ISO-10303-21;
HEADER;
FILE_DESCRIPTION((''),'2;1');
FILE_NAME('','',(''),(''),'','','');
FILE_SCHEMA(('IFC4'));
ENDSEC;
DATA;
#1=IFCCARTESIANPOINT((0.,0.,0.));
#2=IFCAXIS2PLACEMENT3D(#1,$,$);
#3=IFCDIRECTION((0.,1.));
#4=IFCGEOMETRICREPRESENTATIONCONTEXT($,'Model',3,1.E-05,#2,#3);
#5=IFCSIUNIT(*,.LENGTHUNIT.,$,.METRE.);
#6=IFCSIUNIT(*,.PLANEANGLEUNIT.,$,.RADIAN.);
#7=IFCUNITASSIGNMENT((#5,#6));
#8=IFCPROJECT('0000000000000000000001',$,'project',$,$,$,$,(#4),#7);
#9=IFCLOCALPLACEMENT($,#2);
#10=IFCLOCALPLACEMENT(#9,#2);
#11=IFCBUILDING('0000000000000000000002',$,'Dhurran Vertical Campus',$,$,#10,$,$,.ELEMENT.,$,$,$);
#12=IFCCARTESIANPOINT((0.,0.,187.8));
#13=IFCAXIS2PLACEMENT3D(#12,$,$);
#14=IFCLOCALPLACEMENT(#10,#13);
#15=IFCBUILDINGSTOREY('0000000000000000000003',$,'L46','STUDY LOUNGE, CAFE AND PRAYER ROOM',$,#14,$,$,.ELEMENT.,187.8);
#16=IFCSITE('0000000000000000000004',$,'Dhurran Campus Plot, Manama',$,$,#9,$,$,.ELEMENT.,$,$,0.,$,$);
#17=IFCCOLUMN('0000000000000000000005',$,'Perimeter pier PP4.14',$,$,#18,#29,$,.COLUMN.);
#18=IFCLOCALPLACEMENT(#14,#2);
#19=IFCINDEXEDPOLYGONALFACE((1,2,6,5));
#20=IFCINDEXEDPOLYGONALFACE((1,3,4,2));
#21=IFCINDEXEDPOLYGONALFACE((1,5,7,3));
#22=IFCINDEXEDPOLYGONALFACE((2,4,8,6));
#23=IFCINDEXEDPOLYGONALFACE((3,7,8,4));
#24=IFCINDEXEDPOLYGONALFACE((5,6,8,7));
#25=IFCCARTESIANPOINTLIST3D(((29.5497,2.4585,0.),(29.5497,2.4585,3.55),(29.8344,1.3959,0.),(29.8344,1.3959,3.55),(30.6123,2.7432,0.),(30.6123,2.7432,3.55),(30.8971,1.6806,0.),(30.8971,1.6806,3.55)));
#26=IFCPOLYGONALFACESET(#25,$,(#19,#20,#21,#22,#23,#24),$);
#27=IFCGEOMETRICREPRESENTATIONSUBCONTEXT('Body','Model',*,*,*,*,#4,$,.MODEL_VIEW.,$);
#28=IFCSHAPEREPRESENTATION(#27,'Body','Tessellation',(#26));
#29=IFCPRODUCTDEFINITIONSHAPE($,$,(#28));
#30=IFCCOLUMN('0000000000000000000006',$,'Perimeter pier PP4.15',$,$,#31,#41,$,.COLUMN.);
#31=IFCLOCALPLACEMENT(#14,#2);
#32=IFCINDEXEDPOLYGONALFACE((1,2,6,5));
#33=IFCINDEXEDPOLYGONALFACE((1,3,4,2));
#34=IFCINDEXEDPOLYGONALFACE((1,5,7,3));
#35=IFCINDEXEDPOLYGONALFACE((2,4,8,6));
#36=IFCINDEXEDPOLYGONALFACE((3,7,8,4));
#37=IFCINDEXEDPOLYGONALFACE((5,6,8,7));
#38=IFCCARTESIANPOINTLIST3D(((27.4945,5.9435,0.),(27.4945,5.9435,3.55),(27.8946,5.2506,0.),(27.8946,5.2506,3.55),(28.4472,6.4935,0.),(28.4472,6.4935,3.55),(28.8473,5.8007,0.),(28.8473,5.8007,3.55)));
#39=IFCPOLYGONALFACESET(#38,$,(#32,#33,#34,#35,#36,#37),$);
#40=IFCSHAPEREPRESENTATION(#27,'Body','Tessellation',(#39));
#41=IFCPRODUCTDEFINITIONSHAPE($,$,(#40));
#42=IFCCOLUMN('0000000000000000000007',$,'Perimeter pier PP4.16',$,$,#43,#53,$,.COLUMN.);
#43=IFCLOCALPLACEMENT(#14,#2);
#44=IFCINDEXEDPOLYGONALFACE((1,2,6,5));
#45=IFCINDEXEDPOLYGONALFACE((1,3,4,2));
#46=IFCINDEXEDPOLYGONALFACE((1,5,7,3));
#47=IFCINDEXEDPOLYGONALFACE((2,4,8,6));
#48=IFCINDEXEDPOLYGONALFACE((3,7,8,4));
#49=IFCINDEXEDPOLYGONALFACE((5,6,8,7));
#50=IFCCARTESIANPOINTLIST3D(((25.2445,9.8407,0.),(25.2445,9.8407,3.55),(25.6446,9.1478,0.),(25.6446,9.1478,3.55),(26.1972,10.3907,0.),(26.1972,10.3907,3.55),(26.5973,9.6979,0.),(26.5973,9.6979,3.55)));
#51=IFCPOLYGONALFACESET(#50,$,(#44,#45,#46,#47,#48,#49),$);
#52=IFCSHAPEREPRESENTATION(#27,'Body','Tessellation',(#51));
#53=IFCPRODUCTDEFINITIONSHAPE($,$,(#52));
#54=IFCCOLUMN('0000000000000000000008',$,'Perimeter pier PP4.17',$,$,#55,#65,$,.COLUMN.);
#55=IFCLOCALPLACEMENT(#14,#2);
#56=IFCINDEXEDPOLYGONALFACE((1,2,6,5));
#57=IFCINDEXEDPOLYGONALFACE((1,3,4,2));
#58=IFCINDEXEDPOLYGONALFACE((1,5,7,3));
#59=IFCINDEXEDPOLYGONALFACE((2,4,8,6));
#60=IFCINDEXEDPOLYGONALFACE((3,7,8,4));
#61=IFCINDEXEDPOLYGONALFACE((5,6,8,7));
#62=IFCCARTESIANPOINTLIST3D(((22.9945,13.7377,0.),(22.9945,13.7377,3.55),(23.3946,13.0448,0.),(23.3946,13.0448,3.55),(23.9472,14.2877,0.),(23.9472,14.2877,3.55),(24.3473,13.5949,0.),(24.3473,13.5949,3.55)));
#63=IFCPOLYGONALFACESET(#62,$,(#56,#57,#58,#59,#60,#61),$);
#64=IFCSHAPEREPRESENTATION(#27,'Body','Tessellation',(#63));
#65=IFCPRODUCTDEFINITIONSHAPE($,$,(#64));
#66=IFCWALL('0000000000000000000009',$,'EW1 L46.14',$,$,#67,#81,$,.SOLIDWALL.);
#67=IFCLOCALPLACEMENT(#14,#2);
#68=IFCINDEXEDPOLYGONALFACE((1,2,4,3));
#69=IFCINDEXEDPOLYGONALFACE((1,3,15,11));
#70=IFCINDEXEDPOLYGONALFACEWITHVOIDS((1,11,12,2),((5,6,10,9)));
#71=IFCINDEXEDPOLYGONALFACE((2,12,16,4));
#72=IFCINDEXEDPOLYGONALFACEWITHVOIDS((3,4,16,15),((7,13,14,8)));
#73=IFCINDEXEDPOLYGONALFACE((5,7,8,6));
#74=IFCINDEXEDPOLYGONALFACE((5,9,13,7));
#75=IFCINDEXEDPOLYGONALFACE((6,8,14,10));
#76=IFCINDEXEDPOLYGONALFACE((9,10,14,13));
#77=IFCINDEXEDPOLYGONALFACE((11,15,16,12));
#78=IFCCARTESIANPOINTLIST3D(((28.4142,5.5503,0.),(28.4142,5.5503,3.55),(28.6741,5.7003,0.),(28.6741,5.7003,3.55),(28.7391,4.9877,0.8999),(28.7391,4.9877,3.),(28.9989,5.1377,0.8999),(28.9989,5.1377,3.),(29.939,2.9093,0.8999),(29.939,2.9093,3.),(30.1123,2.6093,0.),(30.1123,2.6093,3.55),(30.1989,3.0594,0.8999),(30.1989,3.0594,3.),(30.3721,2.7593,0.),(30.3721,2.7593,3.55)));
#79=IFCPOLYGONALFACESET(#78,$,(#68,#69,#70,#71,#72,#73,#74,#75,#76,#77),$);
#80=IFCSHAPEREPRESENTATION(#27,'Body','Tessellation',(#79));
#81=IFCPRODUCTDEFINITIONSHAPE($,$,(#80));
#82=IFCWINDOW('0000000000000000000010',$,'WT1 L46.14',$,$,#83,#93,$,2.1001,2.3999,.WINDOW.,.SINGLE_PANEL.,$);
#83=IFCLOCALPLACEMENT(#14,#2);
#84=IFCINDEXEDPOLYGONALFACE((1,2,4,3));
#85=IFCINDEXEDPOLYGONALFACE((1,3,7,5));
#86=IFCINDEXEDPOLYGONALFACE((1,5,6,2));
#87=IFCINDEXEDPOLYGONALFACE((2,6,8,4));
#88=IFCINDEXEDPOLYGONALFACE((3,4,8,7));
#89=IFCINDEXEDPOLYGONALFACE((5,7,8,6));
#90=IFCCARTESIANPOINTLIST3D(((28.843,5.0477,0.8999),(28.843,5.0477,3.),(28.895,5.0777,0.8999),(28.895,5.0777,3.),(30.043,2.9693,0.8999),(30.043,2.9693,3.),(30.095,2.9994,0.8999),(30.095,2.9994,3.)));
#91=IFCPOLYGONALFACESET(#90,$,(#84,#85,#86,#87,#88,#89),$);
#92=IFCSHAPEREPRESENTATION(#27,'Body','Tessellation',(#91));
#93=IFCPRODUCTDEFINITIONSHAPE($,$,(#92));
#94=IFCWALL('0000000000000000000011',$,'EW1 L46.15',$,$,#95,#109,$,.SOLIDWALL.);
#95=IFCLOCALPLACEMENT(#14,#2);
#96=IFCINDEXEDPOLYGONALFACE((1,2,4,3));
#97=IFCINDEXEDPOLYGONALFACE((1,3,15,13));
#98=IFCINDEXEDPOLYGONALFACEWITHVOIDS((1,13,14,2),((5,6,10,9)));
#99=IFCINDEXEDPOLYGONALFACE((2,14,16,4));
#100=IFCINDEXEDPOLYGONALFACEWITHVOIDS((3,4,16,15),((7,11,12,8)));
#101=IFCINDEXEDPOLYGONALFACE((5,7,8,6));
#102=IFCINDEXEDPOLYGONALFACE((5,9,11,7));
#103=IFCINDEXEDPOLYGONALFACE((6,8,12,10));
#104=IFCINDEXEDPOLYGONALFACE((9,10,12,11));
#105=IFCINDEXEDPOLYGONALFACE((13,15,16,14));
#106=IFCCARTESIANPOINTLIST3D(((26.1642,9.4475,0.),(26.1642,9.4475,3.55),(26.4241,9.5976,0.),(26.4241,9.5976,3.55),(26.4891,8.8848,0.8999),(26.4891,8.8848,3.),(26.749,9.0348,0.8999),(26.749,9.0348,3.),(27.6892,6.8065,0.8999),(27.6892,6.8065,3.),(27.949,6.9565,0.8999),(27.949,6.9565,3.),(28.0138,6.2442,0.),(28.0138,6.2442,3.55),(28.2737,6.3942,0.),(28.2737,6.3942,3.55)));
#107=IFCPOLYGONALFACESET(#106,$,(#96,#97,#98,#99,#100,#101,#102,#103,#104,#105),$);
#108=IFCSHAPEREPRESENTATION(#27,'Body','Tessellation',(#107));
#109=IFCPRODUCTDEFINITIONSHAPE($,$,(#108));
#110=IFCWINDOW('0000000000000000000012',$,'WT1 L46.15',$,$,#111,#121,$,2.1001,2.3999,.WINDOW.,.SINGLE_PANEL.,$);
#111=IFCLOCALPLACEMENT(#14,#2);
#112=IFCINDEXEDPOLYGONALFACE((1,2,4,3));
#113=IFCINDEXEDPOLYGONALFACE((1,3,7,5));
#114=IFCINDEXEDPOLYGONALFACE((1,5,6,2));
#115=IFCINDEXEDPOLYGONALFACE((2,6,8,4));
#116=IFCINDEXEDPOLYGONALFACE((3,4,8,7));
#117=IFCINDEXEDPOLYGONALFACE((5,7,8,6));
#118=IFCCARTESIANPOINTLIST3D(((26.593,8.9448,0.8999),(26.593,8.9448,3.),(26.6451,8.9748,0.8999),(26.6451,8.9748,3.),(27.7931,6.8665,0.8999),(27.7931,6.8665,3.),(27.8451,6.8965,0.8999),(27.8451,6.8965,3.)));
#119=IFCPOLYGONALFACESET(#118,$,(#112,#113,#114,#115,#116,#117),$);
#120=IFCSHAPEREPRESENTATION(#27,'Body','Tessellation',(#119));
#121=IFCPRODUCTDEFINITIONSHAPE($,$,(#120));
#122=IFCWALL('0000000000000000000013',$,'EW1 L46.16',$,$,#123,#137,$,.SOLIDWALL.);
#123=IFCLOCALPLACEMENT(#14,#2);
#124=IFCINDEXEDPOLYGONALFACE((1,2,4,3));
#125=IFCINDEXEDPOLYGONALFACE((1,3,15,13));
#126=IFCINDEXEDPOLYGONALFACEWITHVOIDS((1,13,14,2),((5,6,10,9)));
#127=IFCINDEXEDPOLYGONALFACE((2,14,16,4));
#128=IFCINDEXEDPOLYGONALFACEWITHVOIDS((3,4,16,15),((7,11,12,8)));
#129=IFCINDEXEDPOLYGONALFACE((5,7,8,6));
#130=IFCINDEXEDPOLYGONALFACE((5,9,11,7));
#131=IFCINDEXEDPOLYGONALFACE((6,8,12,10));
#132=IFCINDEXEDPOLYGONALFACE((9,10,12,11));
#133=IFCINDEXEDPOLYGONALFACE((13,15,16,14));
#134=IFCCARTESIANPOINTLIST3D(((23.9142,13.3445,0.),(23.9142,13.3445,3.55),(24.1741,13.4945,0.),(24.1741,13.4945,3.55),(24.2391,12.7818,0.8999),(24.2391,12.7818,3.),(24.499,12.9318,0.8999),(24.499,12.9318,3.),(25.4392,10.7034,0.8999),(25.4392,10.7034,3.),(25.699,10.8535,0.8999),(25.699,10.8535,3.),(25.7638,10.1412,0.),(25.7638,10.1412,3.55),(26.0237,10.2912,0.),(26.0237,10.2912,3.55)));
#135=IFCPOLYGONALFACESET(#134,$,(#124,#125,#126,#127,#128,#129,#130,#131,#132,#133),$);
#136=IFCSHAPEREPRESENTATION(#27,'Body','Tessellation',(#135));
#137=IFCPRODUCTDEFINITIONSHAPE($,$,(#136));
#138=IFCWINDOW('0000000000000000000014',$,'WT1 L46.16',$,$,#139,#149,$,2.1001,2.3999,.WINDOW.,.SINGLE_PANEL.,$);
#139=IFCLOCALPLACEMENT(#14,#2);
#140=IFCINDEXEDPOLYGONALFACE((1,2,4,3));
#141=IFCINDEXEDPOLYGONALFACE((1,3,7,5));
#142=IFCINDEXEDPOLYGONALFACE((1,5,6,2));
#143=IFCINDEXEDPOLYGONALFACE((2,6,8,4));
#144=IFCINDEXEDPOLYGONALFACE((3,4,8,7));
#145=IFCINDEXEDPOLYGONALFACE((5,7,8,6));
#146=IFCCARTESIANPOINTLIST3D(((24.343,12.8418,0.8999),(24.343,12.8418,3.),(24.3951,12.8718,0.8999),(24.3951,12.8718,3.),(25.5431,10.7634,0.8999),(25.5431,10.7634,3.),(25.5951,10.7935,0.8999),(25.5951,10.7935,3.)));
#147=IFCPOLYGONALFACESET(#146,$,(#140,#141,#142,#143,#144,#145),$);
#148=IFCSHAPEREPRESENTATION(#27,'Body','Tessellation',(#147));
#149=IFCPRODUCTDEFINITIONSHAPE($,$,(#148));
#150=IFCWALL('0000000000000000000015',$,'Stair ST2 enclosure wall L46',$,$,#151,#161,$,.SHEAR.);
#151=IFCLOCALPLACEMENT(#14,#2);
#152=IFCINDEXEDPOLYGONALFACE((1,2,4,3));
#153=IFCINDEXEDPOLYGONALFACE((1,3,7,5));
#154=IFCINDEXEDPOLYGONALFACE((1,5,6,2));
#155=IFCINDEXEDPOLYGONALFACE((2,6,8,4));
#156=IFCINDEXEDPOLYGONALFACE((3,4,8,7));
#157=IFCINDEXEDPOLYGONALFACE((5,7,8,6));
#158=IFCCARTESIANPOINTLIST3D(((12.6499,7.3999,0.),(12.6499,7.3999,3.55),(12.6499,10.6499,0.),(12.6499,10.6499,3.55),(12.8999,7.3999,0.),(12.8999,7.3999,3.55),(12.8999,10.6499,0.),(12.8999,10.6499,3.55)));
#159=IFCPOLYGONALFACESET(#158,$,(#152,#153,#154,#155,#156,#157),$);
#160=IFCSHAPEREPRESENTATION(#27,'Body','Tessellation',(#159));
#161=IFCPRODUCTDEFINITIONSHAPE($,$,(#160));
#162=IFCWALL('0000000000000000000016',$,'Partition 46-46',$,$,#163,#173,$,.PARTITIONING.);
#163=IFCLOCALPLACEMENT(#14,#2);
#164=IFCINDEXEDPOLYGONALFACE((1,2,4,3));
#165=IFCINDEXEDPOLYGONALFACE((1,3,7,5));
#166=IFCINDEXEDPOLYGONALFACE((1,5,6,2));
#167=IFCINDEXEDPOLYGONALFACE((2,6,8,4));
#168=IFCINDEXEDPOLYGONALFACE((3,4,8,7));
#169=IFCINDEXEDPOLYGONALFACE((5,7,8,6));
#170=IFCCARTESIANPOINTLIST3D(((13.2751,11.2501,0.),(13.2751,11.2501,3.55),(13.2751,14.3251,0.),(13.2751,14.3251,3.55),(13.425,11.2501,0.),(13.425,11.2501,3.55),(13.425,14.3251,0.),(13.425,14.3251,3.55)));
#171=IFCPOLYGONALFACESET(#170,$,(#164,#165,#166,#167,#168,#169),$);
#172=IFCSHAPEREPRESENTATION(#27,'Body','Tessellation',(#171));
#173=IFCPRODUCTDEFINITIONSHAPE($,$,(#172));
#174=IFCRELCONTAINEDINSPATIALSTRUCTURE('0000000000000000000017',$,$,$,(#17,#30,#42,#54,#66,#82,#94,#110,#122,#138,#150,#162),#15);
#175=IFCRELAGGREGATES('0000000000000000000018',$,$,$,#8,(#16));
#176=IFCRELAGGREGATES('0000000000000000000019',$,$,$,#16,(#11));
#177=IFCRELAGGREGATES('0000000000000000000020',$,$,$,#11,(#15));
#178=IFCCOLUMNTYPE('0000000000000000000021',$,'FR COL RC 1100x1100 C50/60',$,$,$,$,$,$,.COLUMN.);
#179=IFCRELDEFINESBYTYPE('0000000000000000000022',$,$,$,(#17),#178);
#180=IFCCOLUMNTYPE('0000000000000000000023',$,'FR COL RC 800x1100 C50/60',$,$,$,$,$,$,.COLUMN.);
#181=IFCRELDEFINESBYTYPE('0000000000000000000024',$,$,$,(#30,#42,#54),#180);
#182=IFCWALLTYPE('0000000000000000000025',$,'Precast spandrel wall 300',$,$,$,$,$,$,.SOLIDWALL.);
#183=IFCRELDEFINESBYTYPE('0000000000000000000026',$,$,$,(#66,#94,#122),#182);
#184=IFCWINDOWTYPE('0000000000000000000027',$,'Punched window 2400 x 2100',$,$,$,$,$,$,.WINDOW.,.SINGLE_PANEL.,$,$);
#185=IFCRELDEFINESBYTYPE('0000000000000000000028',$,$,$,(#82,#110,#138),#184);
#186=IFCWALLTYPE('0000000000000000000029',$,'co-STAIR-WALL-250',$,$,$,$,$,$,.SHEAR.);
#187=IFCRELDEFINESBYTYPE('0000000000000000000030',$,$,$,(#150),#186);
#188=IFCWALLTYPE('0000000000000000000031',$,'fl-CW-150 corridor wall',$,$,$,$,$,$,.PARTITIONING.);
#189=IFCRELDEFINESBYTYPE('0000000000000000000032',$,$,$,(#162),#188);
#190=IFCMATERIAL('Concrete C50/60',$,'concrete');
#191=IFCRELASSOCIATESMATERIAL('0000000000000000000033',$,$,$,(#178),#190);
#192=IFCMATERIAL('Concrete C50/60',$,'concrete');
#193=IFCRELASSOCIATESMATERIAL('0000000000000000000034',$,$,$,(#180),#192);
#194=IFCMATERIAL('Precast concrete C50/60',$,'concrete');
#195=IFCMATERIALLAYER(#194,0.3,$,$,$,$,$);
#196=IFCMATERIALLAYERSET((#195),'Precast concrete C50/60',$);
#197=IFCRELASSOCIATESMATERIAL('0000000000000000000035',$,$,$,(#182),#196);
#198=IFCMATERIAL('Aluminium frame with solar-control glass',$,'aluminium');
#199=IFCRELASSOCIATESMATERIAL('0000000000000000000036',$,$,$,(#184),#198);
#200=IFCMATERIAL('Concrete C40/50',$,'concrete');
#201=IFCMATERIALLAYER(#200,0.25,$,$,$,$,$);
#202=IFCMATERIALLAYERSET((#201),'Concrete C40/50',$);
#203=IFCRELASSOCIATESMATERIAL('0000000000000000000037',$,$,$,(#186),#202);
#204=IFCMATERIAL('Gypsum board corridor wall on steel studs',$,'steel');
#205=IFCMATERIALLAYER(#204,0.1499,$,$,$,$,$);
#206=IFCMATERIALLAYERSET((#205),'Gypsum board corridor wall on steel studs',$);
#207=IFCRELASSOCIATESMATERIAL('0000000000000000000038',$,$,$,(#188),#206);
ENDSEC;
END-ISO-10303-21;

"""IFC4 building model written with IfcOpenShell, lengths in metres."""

from ifc_helpers import new_model, si_unit, direction, frame, frame_2d, origin, origin_2d, place, context, subcontext, project, spatial, rectangle, extrude, material, layer, layer_set, material_profile, profile_set, type_object, element, fill, save


model = new_model("IFC4")

# Units and contexts
model_context = context("Model", 3, precision=1e-05, world=origin(), true_north=direction((0.0, 1.0)))
body_context = subcontext(model_context, "Body", "Model", "MODEL_VIEW")
ifc_project = project(units=[si_unit("LENGTHUNIT", "METRE"), si_unit("PLANEANGLEUNIT", "RADIAN")], contexts=[model_context])

# Site, building, storey
site_placement = place(None, origin())
site = spatial("IfcSite", under=ifc_project, at=site_placement, Name="Dhurran Campus Plot, Manama", CompositionType="ELEMENT", RefElevation=0.0)
building_placement = place(site_placement, origin())
building = spatial("IfcBuilding", under=site, at=building_placement, Name="Dhurran Vertical Campus", CompositionType="ELEMENT")
storey_placement = place(building_placement, frame((0.0, 0.0, 187.8)))
storey = spatial("IfcBuildingStorey", under=building, at=storey_placement, Name="L46", Description="STUDY LOUNGE, CAFE AND PRAYER ROOM", CompositionType="ELEMENT", Elevation=187.8)

# Columns
ifc_material_1 = material(Name="Concrete C50/60", Category="concrete")
ifc_material_profile_1 = material_profile(ifc_material_1, rectangle(XDim=1.1001, YDim=1.1001, at=origin_2d()), Name="RC 1100x1100")
ifc_profile_set_1 = profile_set([ifc_material_profile_1], Name="Concrete C50/60")
column_type_1 = type_object("IfcColumnType", Name="FR COL RC 1100x1100 C50/60", PredefinedType="COLUMN", material=ifc_profile_set_1)
column_placement = place(storey_placement, frame((30.2234, 2.0696, 0.0), z_axis=(0.0, 0.0, 1.0), x_axis=(-0.258819, 0.965926, 0.0)))
element("IfcColumn", 1, at=column_placement, inside=storey, type_object=column_type_1, Name="Perimeter pier PP4.14", PredefinedType="COLUMN", context=body_context, shape_type="SweptSolid", body=[
    extrude(rectangle(XDim=1.1001, YDim=1.1001, at=origin_2d()), origin(), (0.0, 0.0, 1.0), 3.55),
])
ifc_material_2 = material(Name="Concrete C50/60", Category="concrete")
ifc_material_profile_2 = material_profile(ifc_material_2, rectangle(XDim=0.8, YDim=1.1001, at=origin_2d()), Name="RC 800x1100")
ifc_profile_set_2 = profile_set([ifc_material_profile_2], Name="Concrete C50/60")
column_type_2 = type_object("IfcColumnType", Name="FR COL RC 800x1100 C50/60", PredefinedType="COLUMN", material=ifc_profile_set_2)
for number, where, z_axis, x_axis, name in (
    (2, (28.1709, 5.8721, 0.0), (0.0, 0.0, 1.0), (-0.5, 0.866025, 0.0), "Perimeter pier PP4.15"),
    (3, (25.9209, 9.7693, 0.0), (0.0, 0.0, 1.0), (-0.5, 0.866025, 0.0), "Perimeter pier PP4.16"),
    (4, (23.6709, 13.6663, 0.0), (0.0, 0.0, 1.0), (-0.5, 0.866025, 0.0), "Perimeter pier PP4.17"),
):
    element("IfcColumn", number, at=place(storey_placement, frame(where, z_axis=z_axis, x_axis=x_axis)), inside=storey, type_object=column_type_2, Name=name, PredefinedType="COLUMN", context=body_context, shape_type="SweptSolid", body=[
        extrude(rectangle(XDim=0.8, YDim=1.1001, at=origin_2d()), origin(), (0.0, 0.0, 1.0), 3.55),
    ])

# Walls, openings, windows
ifc_material_3 = material(Name="Precast concrete C50/60", Category="concrete")
ifc_layer_1 = layer(ifc_material_3, 0.3)
ifc_layer_set_1 = layer_set([ifc_layer_1], Name="Precast concrete C50/60")
wall_type_1 = type_object("IfcWallType", Name="Precast spandrel wall 300", PredefinedType="SOLIDWALL", material=ifc_layer_set_1)
wall_1_placement = place(storey_placement, frame((30.2422, 2.6843, 0.0), z_axis=(0.0, 0.0, 1.0), x_axis=(-0.500013, 0.866018, 0.0)))
wall_1 = element("IfcWall", 5, at=wall_1_placement, inside=storey, type_object=wall_type_1, Name="EW1 L46.14", PredefinedType="SOLIDWALL", context=body_context, shape_type="SweptSolid", body=[
    extrude(rectangle(XDim=3.396, YDim=0.3, at=frame_2d((1.698, 0.0))), origin(), (0.0, 0.0, 1.0), 3.55),
])
opening_1_placement = place(wall_1_placement, frame((0.3464, 0.0, 0.8999)))
opening_1 = element("IfcOpeningElement", 6, at=opening_1_placement, cuts=wall_1, PredefinedType="OPENING", context=body_context, shape_type="SweptSolid", body=[
    extrude(rectangle(XDim=2.3999, YDim=2.1001, at=frame_2d((1.2, 1.05))), frame((0.0, 0.1599, 0.0), z_axis=(0.0, -1.0, 0.0), x_axis=(1.0, 0.0, 0.0)), (0.0, 0.0, 1.0), 0.3201),
])
ifc_material_4 = material(Name="Aluminium frame with solar-control glass", Category="aluminium")
window_type = type_object("IfcWindowType", Name="Punched window 2400 x 2100", PartitioningType="SINGLE_PANEL", PredefinedType="WINDOW", material=ifc_material_4)
window_1_placement = place(opening_1_placement, origin())
window_1 = element("IfcWindow", 7, at=window_1_placement, inside=storey, type_object=window_type, Name="WT1 L46.14", OverallHeight=2.1001, OverallWidth=2.3999, PartitioningType="SINGLE_PANEL", PredefinedType="WINDOW", context=body_context, shape_type="SweptSolid", body=[
    extrude(rectangle(XDim=2.3999, YDim=2.1001, at=frame_2d((1.2, 1.05))), frame((0.0, 0.03, 0.0), z_axis=(0.0, -1.0, 0.0), x_axis=(1.0, 0.0, 0.0)), (0.0, 0.0, 1.0), 0.0601),
])
fill(opening_1, window_1)
wall_2_placement = place(storey_placement, frame((28.1438, 6.3191, 0.0), z_axis=(0.0, 0.0, 1.0), x_axis=(-0.500029, 0.866009, 0.0)))
wall_2 = element("IfcWall", 8, at=wall_2_placement, inside=storey, type_object=wall_type_1, Name="EW1 L46.15", PredefinedType="SOLIDWALL", context=body_context, shape_type="SweptSolid", body=[
    extrude(rectangle(XDim=3.699, YDim=0.3, at=frame_2d((1.8496, 0.0))), origin(), (0.0, 0.0, 1.0), 3.55),
])
opening_2_placement = place(wall_2_placement, frame((0.6494, 0.0, 0.8999)))
opening_2 = element("IfcOpeningElement", 9, at=opening_2_placement, cuts=wall_2, PredefinedType="OPENING", context=body_context, shape_type="SweptSolid", body=[
    extrude(rectangle(XDim=2.3999, YDim=2.1001, at=frame_2d((1.2, 1.05))), frame((0.0, 0.1599, 0.0), z_axis=(0.0, -1.0, 0.0), x_axis=(1.0, 0.0, 0.0)), (0.0, 0.0, 1.0), 0.3201),
])
window_2_placement = place(opening_2_placement, origin())
window_2 = element("IfcWindow", 10, at=window_2_placement, inside=storey, type_object=window_type, Name="WT1 L46.15", OverallHeight=2.1001, OverallWidth=2.3999, PartitioningType="SINGLE_PANEL", PredefinedType="WINDOW", context=body_context, shape_type="SweptSolid", body=[
    extrude(rectangle(XDim=2.3999, YDim=2.1001, at=frame_2d((1.2, 1.05))), frame((0.0, 0.03, 0.0), z_axis=(0.0, -1.0, 0.0), x_axis=(1.0, 0.0, 0.0)), (0.0, 0.0, 1.0), 0.0601),
])
fill(opening_2, window_2)
wall_3_placement = place(storey_placement, frame((25.8938, 10.2161, 0.0), z_axis=(0.0, 0.0, 1.0), x_axis=(-0.500029, 0.866009, 0.0)))
wall_3 = element("IfcWall", 11, at=wall_3_placement, inside=storey, type_object=wall_type_1, Name="EW1 L46.16", PredefinedType="SOLIDWALL", context=body_context, shape_type="SweptSolid", body=[
    extrude(rectangle(XDim=3.699, YDim=0.3, at=frame_2d((1.8496, 0.0))), origin(), (0.0, 0.0, 1.0), 3.55),
])
opening_3_placement = place(wall_3_placement, frame((0.6494, 0.0, 0.8999)))
opening_3 = element("IfcOpeningElement", 12, at=opening_3_placement, cuts=wall_3, PredefinedType="OPENING", context=body_context, shape_type="SweptSolid", body=[
    extrude(rectangle(XDim=2.3999, YDim=2.1001, at=frame_2d((1.2, 1.05))), frame((0.0, 0.1599, 0.0), z_axis=(0.0, -1.0, 0.0), x_axis=(1.0, 0.0, 0.0)), (0.0, 0.0, 1.0), 0.3201),
])
window_3_placement = place(opening_3_placement, origin())
window_3 = element("IfcWindow", 13, at=window_3_placement, inside=storey, type_object=window_type, Name="WT1 L46.16", OverallHeight=2.1001, OverallWidth=2.3999, PartitioningType="SINGLE_PANEL", PredefinedType="WINDOW", context=body_context, shape_type="SweptSolid", body=[
    extrude(rectangle(XDim=2.3999, YDim=2.1001, at=frame_2d((1.2, 1.05))), frame((0.0, 0.03, 0.0), z_axis=(0.0, -1.0, 0.0), x_axis=(1.0, 0.0, 0.0)), (0.0, 0.0, 1.0), 0.0601),
])
fill(opening_3, window_3)

# Walls
ifc_material_5 = material(Name="Concrete C40/50", Category="concrete")
ifc_layer_2 = layer(ifc_material_5, 0.25)
ifc_layer_set_2 = layer_set([ifc_layer_2], Name="Concrete C40/50")
wall_type_2 = type_object("IfcWallType", Name="co-STAIR-WALL-250", PredefinedType="SHEAR", material=ifc_layer_set_2)
wall_4_placement = place(storey_placement, frame((12.7749, 7.3999, 0.0), z_axis=(0.0, 0.0, 1.0), x_axis=(0.0, 1.0, 0.0)))
element("IfcWall", 14, at=wall_4_placement, inside=storey, type_object=wall_type_2, Name="Stair ST2 enclosure wall L46", PredefinedType="SHEAR", context=body_context, shape_type="SweptSolid", body=[
    extrude(rectangle(XDim=3.25, YDim=0.25, at=frame_2d((1.625, 0.0))), origin(), (0.0, 0.0, 1.0), 3.55),
])
ifc_material_6 = material(Name="Gypsum board corridor wall on steel studs", Category="steel")
ifc_layer_3 = layer(ifc_material_6, 0.1499)
ifc_layer_set_3 = layer_set([ifc_layer_3], Name="Gypsum board corridor wall on steel studs")
wall_type_3 = type_object("IfcWallType", Name="fl-CW-150 corridor wall", PredefinedType="PARTITIONING", material=ifc_layer_set_3)
for number, where, z_axis, x_axis, name in (
    (15, (13.3501, 11.25, 0.0), (0.0, 0.0, 1.0), (0.0, 1.0, 0.0), "Partition 46-46"),
):
    element("IfcWall", number, at=place(storey_placement, frame(where, z_axis=z_axis, x_axis=x_axis)), inside=storey, type_object=wall_type_3, Name=name, PredefinedType="PARTITIONING", context=body_context, shape_type="SweptSolid", body=[
        extrude(rectangle(XDim=3.075, YDim=0.1499, at=frame_2d((1.5376, 0.0))), origin(), (0.0, 0.0, 1.0), 3.55),
    ])

save(model, "model.ifc")
